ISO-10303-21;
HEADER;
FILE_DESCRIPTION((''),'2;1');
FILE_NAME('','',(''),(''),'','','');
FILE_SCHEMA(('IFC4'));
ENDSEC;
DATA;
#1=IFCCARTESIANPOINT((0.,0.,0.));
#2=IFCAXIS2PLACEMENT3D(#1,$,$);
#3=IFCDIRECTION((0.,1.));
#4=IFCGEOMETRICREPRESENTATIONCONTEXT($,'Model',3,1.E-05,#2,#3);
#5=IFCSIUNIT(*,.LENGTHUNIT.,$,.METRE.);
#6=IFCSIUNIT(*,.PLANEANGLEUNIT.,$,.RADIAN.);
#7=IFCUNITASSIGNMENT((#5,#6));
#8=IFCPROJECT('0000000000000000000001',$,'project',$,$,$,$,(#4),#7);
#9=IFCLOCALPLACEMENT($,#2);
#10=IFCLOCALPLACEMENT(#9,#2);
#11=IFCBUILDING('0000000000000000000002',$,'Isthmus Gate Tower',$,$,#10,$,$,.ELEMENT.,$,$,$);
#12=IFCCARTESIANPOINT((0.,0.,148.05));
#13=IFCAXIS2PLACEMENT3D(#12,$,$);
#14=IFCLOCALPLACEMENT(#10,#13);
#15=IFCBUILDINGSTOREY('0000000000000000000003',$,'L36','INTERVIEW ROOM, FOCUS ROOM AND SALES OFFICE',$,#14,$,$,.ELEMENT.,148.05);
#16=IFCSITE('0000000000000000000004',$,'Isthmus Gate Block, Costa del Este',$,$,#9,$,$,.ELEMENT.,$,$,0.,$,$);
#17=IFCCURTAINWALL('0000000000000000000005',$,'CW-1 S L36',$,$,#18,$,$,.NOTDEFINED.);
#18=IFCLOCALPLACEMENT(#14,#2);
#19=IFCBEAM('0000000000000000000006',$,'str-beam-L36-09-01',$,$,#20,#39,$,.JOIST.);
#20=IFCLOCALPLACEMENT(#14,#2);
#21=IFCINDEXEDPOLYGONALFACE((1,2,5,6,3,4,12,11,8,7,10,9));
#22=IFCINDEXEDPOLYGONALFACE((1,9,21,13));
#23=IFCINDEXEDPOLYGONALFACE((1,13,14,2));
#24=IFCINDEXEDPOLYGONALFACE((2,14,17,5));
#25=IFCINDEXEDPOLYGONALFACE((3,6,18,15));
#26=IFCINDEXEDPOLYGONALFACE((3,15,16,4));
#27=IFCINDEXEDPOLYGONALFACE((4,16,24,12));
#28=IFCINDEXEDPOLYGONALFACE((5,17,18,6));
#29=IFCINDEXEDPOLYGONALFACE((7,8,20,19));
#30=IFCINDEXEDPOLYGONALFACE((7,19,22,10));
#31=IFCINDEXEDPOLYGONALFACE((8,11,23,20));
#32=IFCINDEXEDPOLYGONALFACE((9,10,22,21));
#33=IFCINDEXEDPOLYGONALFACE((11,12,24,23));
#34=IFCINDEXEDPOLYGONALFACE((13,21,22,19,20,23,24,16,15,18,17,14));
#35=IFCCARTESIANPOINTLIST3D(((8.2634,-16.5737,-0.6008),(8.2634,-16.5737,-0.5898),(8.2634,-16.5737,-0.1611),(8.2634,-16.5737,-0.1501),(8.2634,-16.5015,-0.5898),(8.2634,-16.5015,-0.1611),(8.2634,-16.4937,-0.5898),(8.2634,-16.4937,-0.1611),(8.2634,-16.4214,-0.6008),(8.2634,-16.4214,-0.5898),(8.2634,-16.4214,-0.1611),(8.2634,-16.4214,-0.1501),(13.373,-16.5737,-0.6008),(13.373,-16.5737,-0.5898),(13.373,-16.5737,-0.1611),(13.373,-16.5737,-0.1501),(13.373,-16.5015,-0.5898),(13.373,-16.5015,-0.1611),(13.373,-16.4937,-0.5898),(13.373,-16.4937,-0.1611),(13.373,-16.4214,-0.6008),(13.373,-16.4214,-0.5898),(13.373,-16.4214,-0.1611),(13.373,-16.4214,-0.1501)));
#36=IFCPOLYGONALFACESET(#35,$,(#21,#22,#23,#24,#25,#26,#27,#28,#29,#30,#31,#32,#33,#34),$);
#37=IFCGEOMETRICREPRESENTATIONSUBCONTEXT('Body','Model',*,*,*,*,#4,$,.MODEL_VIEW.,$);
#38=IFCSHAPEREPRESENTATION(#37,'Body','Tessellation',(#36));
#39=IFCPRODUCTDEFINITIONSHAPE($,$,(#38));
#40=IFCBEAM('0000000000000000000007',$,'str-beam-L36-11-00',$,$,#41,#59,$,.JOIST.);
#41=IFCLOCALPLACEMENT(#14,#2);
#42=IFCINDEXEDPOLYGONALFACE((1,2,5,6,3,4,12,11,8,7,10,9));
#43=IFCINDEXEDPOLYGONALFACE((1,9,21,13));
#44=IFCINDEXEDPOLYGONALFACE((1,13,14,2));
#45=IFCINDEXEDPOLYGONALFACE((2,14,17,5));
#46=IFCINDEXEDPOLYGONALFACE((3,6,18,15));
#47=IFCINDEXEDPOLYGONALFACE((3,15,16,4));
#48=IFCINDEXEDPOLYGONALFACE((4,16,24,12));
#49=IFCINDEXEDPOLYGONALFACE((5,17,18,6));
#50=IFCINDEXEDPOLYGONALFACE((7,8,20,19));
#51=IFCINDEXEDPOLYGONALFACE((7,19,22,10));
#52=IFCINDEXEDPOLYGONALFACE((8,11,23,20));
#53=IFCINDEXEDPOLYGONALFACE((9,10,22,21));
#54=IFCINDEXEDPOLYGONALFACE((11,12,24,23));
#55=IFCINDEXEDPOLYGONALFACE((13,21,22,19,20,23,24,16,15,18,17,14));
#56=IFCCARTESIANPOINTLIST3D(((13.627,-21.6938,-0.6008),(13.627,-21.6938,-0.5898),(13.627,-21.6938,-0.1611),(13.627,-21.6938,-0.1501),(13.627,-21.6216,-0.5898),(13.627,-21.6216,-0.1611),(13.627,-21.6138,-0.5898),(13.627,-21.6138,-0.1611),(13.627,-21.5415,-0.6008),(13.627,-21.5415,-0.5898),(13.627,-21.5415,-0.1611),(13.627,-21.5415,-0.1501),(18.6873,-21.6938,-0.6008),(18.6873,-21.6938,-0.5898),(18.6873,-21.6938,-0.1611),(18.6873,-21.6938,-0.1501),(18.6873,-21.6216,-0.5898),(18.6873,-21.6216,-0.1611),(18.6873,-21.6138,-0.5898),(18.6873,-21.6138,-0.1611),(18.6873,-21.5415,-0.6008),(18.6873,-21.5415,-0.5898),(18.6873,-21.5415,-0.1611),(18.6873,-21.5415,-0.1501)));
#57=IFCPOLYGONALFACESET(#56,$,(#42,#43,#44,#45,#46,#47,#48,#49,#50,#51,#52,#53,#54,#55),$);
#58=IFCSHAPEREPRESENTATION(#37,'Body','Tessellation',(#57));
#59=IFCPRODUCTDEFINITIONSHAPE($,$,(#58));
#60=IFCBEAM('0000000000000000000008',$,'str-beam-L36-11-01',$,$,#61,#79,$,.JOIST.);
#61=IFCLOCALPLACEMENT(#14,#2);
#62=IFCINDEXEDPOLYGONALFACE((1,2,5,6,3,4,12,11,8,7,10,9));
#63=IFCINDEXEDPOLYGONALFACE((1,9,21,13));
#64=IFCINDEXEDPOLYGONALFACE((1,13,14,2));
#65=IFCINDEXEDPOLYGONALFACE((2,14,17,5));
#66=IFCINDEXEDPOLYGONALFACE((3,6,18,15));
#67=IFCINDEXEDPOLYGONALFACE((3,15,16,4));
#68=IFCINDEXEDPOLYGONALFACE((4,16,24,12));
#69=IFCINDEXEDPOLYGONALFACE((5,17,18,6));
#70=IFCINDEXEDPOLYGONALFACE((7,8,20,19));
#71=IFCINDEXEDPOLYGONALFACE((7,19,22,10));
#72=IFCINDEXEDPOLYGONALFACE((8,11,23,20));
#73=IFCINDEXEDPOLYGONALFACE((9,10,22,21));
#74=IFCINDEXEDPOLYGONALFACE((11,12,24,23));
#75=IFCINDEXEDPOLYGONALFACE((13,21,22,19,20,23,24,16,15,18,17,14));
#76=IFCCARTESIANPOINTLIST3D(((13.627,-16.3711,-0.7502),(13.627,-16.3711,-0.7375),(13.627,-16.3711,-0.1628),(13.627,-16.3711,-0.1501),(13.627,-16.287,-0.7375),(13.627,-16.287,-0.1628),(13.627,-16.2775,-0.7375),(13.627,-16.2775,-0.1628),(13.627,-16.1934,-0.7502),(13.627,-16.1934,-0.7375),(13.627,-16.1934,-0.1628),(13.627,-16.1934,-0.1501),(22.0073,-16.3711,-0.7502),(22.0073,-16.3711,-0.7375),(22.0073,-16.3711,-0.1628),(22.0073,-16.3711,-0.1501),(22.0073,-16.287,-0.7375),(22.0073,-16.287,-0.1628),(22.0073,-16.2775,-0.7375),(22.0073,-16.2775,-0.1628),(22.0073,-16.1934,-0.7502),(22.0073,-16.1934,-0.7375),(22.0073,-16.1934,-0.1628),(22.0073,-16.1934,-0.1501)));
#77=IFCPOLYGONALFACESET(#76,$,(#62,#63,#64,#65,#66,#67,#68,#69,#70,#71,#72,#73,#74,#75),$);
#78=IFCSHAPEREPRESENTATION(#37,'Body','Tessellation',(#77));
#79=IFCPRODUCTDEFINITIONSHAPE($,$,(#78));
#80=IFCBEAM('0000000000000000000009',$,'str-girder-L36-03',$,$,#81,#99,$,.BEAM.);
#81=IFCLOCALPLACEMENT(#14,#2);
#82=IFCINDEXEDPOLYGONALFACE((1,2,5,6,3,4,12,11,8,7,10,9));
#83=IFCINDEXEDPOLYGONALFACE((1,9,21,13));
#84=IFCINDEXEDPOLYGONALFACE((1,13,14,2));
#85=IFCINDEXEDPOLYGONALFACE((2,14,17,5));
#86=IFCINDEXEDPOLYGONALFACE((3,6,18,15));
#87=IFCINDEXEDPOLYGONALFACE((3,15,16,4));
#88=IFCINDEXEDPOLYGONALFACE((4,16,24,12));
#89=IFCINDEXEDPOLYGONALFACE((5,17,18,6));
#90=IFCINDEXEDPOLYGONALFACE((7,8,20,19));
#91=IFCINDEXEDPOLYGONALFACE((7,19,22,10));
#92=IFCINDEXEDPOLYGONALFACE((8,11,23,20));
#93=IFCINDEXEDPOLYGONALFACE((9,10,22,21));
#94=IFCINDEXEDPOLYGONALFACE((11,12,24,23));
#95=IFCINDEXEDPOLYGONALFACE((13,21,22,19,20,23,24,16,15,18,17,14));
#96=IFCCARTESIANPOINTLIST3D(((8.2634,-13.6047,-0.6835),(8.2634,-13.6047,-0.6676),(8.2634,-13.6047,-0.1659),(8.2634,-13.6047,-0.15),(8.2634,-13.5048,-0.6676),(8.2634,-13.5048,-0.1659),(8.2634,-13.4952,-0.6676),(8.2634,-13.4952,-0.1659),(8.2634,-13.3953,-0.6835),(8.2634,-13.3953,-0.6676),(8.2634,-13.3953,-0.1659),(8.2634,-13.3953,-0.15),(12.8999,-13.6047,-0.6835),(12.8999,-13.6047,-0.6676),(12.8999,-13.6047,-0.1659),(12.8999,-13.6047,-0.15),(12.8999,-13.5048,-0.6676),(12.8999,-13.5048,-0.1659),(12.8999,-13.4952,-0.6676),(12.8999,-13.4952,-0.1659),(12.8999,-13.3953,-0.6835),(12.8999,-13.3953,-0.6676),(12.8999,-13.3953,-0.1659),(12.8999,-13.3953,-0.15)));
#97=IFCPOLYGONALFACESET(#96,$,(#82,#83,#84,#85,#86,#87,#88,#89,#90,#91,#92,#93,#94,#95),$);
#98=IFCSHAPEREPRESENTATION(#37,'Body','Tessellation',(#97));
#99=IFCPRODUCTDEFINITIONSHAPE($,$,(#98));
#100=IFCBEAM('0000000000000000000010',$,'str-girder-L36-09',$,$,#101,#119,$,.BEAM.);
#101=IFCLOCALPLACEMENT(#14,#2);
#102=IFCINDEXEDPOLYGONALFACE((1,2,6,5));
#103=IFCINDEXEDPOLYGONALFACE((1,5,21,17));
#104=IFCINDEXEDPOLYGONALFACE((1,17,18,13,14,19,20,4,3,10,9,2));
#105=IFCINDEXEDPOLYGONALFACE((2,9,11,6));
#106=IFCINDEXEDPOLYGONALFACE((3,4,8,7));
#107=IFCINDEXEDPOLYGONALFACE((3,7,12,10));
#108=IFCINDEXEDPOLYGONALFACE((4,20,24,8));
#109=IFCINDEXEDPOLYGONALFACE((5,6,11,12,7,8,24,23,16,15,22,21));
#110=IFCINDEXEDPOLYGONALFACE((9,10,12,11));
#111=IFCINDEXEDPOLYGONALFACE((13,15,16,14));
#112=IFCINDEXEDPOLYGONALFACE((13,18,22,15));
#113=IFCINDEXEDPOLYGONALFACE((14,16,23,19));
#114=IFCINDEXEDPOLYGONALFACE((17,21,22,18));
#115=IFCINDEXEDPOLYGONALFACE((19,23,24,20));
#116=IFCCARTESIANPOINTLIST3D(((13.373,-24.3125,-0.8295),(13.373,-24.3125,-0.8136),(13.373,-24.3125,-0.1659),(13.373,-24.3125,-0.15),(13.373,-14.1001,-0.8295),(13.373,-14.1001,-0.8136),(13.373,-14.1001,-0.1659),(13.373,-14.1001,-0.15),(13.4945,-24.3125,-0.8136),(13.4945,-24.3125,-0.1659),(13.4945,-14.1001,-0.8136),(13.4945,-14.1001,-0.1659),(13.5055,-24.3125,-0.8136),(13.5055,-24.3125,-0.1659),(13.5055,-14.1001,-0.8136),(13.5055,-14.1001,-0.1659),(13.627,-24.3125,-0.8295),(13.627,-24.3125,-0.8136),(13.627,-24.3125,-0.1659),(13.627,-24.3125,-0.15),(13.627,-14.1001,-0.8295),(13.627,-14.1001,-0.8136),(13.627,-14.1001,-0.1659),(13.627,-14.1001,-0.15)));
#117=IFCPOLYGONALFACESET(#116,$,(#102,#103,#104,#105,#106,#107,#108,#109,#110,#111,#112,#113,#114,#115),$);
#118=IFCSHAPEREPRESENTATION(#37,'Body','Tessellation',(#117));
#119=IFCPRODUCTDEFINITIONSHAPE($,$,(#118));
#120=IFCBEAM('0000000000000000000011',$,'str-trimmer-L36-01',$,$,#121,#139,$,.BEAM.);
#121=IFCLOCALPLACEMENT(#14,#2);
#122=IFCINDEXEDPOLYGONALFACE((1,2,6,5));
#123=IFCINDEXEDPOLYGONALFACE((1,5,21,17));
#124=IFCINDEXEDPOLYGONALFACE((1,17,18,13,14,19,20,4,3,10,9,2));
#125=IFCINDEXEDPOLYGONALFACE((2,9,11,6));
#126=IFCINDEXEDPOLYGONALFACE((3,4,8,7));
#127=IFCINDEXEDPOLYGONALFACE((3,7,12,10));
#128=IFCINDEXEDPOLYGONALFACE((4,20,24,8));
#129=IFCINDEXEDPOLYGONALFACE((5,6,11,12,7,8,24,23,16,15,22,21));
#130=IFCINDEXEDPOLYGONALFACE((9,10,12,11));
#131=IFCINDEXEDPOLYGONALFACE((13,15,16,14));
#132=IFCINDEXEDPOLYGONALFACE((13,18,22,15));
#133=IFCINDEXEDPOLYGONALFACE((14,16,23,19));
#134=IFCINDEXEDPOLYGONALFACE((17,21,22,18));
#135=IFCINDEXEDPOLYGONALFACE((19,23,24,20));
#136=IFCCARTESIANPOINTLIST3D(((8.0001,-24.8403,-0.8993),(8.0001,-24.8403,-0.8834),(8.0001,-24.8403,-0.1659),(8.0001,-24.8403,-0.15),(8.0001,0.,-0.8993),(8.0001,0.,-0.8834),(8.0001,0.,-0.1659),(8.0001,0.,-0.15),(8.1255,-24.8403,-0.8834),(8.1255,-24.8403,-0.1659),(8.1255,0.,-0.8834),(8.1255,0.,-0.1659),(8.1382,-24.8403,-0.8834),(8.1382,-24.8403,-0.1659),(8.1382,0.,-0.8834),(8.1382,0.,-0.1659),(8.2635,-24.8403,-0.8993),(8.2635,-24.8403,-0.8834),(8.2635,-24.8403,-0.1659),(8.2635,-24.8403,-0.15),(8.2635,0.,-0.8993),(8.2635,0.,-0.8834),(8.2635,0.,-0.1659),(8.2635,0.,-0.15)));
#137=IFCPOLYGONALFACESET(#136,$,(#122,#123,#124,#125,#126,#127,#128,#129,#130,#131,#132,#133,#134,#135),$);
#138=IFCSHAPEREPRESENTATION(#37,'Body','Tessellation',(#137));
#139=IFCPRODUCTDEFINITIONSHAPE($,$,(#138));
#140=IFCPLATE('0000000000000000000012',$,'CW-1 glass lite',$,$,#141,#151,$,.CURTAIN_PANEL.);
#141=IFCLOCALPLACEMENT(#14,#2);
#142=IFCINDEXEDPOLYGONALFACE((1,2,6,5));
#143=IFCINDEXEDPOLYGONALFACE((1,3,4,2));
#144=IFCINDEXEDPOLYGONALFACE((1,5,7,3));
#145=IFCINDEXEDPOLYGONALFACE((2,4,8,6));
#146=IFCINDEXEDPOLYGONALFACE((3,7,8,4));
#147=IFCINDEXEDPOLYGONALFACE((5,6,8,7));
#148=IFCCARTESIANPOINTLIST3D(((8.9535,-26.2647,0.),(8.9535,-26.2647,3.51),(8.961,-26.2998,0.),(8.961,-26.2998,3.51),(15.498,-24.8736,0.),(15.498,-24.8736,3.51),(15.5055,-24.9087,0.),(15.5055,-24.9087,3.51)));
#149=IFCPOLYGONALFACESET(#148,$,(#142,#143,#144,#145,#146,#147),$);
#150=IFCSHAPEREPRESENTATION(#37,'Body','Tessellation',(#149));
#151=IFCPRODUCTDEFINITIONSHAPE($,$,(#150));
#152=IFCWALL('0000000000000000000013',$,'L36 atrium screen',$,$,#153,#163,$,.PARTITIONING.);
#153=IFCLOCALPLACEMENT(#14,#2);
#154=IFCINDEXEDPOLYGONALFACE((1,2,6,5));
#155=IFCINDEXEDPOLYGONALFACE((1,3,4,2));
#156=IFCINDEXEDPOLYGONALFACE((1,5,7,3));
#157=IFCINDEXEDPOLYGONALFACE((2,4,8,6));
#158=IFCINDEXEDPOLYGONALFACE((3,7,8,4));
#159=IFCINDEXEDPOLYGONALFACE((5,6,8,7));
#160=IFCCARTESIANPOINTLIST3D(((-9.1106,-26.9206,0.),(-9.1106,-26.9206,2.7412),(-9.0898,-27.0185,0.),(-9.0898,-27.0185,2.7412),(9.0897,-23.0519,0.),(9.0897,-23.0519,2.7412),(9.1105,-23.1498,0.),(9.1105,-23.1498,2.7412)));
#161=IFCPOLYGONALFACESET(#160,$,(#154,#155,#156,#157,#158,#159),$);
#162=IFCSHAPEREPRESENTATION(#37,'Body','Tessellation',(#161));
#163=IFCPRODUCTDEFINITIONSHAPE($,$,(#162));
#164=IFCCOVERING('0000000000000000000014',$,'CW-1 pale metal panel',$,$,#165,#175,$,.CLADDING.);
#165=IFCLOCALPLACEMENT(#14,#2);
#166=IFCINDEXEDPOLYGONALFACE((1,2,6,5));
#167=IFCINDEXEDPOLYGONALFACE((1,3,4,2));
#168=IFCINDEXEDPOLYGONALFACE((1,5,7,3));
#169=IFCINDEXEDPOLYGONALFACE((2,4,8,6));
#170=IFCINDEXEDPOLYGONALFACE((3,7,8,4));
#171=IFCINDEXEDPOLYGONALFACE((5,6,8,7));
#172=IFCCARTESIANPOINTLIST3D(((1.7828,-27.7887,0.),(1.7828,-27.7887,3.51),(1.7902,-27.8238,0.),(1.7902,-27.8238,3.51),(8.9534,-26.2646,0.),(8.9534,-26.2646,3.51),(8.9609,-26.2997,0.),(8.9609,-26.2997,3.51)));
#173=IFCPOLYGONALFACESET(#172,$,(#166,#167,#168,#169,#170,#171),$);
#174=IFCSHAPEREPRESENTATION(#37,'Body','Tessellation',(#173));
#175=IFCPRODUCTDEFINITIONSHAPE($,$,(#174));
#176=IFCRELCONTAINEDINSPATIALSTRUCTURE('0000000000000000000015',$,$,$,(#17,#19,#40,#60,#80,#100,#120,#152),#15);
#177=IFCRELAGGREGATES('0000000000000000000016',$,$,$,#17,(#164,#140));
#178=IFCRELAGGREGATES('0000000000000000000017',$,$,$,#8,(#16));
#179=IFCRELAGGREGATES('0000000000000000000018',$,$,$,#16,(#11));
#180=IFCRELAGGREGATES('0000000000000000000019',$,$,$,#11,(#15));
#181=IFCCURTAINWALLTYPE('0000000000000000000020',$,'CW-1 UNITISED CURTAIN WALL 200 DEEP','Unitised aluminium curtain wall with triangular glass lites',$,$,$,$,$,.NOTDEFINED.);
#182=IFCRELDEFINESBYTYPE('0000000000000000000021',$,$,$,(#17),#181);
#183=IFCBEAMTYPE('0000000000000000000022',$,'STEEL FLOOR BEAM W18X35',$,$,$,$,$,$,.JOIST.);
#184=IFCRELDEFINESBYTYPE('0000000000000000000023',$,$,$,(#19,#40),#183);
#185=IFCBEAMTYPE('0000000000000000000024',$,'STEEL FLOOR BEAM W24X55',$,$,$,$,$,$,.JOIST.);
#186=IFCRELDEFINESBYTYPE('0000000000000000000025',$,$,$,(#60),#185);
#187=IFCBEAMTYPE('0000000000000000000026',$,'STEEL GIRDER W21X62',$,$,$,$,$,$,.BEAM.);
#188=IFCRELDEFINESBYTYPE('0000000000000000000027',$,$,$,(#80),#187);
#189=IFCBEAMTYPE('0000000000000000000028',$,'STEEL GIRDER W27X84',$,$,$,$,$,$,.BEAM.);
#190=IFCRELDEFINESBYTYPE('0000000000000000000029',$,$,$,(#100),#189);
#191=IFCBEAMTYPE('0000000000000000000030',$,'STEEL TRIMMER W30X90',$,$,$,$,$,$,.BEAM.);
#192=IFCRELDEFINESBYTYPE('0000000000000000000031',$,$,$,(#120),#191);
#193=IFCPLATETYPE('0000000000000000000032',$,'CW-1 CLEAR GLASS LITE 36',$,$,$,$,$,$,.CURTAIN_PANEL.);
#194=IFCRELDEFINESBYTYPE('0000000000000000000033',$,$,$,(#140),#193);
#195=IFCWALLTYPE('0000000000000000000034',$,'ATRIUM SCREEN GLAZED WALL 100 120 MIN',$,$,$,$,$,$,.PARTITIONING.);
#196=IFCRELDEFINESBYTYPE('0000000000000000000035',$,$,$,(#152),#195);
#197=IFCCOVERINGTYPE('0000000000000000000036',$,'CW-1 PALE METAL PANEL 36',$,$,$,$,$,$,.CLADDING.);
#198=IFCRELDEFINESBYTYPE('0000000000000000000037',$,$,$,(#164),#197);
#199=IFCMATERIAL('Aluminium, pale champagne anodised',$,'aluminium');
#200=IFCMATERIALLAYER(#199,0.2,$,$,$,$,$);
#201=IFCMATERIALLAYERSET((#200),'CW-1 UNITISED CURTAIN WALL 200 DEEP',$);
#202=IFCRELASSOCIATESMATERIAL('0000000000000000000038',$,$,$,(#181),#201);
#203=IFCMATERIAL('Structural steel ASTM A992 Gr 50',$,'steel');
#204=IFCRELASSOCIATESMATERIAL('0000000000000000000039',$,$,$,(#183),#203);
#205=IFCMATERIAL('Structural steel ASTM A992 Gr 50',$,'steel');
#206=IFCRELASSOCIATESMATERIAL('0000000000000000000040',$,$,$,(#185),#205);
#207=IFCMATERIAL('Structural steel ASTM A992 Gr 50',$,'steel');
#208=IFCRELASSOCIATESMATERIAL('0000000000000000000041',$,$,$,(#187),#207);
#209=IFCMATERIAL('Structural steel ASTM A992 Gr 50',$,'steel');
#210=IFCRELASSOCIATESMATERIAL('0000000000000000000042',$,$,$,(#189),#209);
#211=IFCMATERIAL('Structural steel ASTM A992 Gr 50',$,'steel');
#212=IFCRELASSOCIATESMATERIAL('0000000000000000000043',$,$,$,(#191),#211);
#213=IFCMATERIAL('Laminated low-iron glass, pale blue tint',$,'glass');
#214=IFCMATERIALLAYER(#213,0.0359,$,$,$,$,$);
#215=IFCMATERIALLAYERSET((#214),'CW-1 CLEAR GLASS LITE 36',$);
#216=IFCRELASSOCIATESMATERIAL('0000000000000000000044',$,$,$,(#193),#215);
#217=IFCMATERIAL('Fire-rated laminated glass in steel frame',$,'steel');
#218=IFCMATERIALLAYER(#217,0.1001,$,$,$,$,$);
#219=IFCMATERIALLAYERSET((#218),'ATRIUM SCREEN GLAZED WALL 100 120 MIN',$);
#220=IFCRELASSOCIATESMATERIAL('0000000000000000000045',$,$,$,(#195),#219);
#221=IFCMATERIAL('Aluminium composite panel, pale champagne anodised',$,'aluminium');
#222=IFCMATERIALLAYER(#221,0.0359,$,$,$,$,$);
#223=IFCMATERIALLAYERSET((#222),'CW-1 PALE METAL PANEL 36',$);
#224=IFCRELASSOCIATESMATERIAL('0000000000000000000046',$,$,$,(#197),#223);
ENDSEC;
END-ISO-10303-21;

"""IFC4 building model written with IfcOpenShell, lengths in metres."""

from ifc_helpers import new_model, si_unit, direction, frame, frame_2d, origin, origin_2d, place, context, subcontext, project, spatial, rectangle, i_section, extrude, material, layer, layer_set, material_profile, profile_set, type_object, element, aggregate, save


model = new_model("IFC4")

# Units and contexts
model_context = context("Model", 3, precision=1e-05, world=origin(), true_north=direction((0.0, 1.0)))
body_context = subcontext(model_context, "Body", "Model", "MODEL_VIEW")
ifc_project = project(units=[si_unit("LENGTHUNIT", "METRE"), si_unit("PLANEANGLEUNIT", "RADIAN")], contexts=[model_context])

# Site, building, storey
site_placement = place(None, origin())
site = spatial("IfcSite", under=ifc_project, at=site_placement, Name="Isthmus Gate Block, Costa del Este", CompositionType="ELEMENT", RefElevation=0.0)
building_placement = place(site_placement, origin())
building = spatial("IfcBuilding", under=site, at=building_placement, Name="Isthmus Gate Tower", CompositionType="ELEMENT")
storey_placement = place(building_placement, frame((0.0, 0.0, 148.05)))
storey = spatial("IfcBuildingStorey", under=building, at=storey_placement, Name="L36", Description="INTERVIEW ROOM, FOCUS ROOM AND SALES OFFICE", CompositionType="ELEMENT", Elevation=148.05)

# Curtain wall
ifc_material_1 = material(Name="Aluminium, pale champagne anodised", Category="aluminium")
ifc_layer_1 = layer(ifc_material_1, 0.2)
ifc_layer_set_1 = layer_set([ifc_layer_1], Name="CW-1 UNITISED CURTAIN WALL 200 DEEP")
curtain_wall_type = type_object("IfcCurtainWallType", Name="CW-1 UNITISED CURTAIN WALL 200 DEEP", Description="Unitised aluminium curtain wall with triangular glass lites", PredefinedType="NOTDEFINED", material=ifc_layer_set_1)
curtain_wall_placement = place(storey_placement, origin())
curtain_wall = element("IfcCurtainWall", 1, at=curtain_wall_placement, inside=storey, type_object=curtain_wall_type, Name="CW-1 S L36", PredefinedType="NOTDEFINED")

# Beams
ifc_material_2 = material(Name="Structural steel ASTM A992 Gr 50", Category="steel")
ifc_material_profile_1 = material_profile(ifc_material_2, i_section(OverallWidth=0.1523, OverallDepth=0.4507, WebThickness=0.0078, FlangeThickness=0.011, at=origin_2d()), Name="W18X35")
ifc_profile_set_1 = profile_set([ifc_material_profile_1], Name="Structural steel ASTM A992 Gr 50")
beam_type_1 = type_object("IfcBeamType", Name="STEEL FLOOR BEAM W18X35", PredefinedType="JOIST", material=ifc_profile_set_1)
for number, where, z_axis, x_axis, name in (
    (2, (8.2634, -16.4976, -0.3755), (1.0, 0.0, 0.0), (0.0, 1.0, 0.0), "str-beam-L36-09-01"),
):
    element("IfcBeam", number, at=place(storey_placement, frame(where, z_axis=z_axis, x_axis=x_axis)), inside=storey, type_object=beam_type_1, Name=name, PredefinedType="JOIST", context=body_context, shape_type="SweptSolid", body=[
        extrude(i_section(OverallWidth=0.1523, OverallDepth=0.4507, WebThickness=0.0078, FlangeThickness=0.011, at=origin_2d()), origin(), (0.0, 0.0, 1.0), 5.1096),
    ])
beam_1_placement = place(storey_placement, frame((13.627, -21.6177, -0.3755), z_axis=(1.0, 0.0, 0.0), x_axis=(0.0, 1.0, 0.0)))
element("IfcBeam", 3, at=beam_1_placement, inside=storey, type_object=beam_type_1, Name="str-beam-L36-11-00", PredefinedType="JOIST", context=body_context, shape_type="SweptSolid", body=[
    extrude(i_section(OverallWidth=0.1523, OverallDepth=0.4507, WebThickness=0.0078, FlangeThickness=0.011, at=origin_2d()), origin(), (0.0, 0.0, 1.0), 5.0603),
])
ifc_material_3 = material(Name="Structural steel ASTM A992 Gr 50", Category="steel")
ifc_material_profile_2 = material_profile(ifc_material_3, i_section(OverallWidth=0.1777, OverallDepth=0.6001, WebThickness=0.0095, FlangeThickness=0.0127, at=origin_2d()), Name="W24X55")
ifc_profile_set_2 = profile_set([ifc_material_profile_2], Name="Structural steel ASTM A992 Gr 50")
beam_type_2 = type_object("IfcBeamType", Name="STEEL FLOOR BEAM W24X55", PredefinedType="JOIST", material=ifc_profile_set_2)
beam_2_placement = place(storey_placement, frame((13.627, -16.2822, -0.4502), z_axis=(1.0, 0.0, 0.0), x_axis=(0.0, 1.0, 0.0)))
element("IfcBeam", 4, at=beam_2_placement, inside=storey, type_object=beam_type_2, Name="str-beam-L36-11-01", PredefinedType="JOIST", context=body_context, shape_type="SweptSolid", body=[
    extrude(i_section(OverallWidth=0.1777, OverallDepth=0.6001, WebThickness=0.0095, FlangeThickness=0.0127, at=origin_2d()), origin(), (0.0, 0.0, 1.0), 8.3804),
])
ifc_material_4 = material(Name="Structural steel ASTM A992 Gr 50", Category="steel")
ifc_material_profile_3 = material_profile(ifc_material_4, i_section(OverallWidth=0.2095, OverallDepth=0.5334, WebThickness=0.0095, FlangeThickness=0.0159, at=origin_2d()), Name="W21X62")
ifc_profile_set_3 = profile_set([ifc_material_profile_3], Name="Structural steel ASTM A992 Gr 50")
beam_type_3 = type_object("IfcBeamType", Name="STEEL GIRDER W21X62", PredefinedType="BEAM", material=ifc_profile_set_3)
beam_3_placement = place(storey_placement, frame((8.2634, -13.5, -0.4167), z_axis=(1.0, 0.0, 0.0), x_axis=(0.0, 1.0, 0.0)))
element("IfcBeam", 5, at=beam_3_placement, inside=storey, type_object=beam_type_3, Name="str-girder-L36-03", PredefinedType="BEAM", context=body_context, shape_type="SweptSolid", body=[
    extrude(i_section(OverallWidth=0.2095, OverallDepth=0.5334, WebThickness=0.0095, FlangeThickness=0.0159, at=origin_2d()), origin(), (0.0, 0.0, 1.0), 4.6365),
])
ifc_material_5 = material(Name="Structural steel ASTM A992 Gr 50", Category="steel")
ifc_material_profile_4 = material_profile(ifc_material_5, i_section(OverallWidth=0.2539, OverallDepth=0.6794, WebThickness=0.011, FlangeThickness=0.0159, at=origin_2d()), Name="W27X84")
ifc_profile_set_4 = profile_set([ifc_material_profile_4], Name="Structural steel ASTM A992 Gr 50")
beam_type_4 = type_object("IfcBeamType", Name="STEEL GIRDER W27X84", PredefinedType="BEAM", material=ifc_profile_set_4)
beam_4_placement = place(storey_placement, frame((13.5, -24.3125, -0.4897), z_axis=(0.0, 1.0, 0.0), x_axis=(-1.0, 0.0, 0.0)))
element("IfcBeam", 6, at=beam_4_placement, inside=storey, type_object=beam_type_4, Name="str-girder-L36-09", PredefinedType="BEAM", context=body_context, shape_type="SweptSolid", body=[
    extrude(i_section(OverallWidth=0.2539, OverallDepth=0.6794, WebThickness=0.011, FlangeThickness=0.0159, at=origin_2d()), origin(), (0.0, 0.0, 1.0), 10.2124),
])
ifc_material_6 = material(Name="Structural steel ASTM A992 Gr 50", Category="steel")
ifc_material_profile_5 = material_profile(ifc_material_6, i_section(OverallWidth=0.2634, OverallDepth=0.7493, WebThickness=0.0127, FlangeThickness=0.0159, at=origin_2d()), Name="W30X90")
ifc_profile_set_5 = profile_set([ifc_material_profile_5], Name="Structural steel ASTM A992 Gr 50")
beam_type_5 = type_object("IfcBeamType", Name="STEEL TRIMMER W30X90", PredefinedType="BEAM", material=ifc_profile_set_5)
beam_5_placement = place(storey_placement, frame((8.1318, -24.8403, -0.5247), z_axis=(0.0, 1.0, 0.0), x_axis=(-1.0, 0.0, 0.0)))
element("IfcBeam", 7, at=beam_5_placement, inside=storey, type_object=beam_type_5, Name="str-trimmer-L36-01", PredefinedType="BEAM", context=body_context, shape_type="SweptSolid", body=[
    extrude(i_section(OverallWidth=0.2634, OverallDepth=0.7493, WebThickness=0.0127, FlangeThickness=0.0159, at=origin_2d()), origin(), (0.0, 0.0, 1.0), 24.8403),
])

# Plate
ifc_material_7 = material(Name="Laminated low-iron glass, pale blue tint", Category="glass")
ifc_layer_2 = layer(ifc_material_7, 0.0359)
ifc_layer_set_2 = layer_set([ifc_layer_2], Name="CW-1 CLEAR GLASS LITE 36")
plate_type = type_object("IfcPlateType", Name="CW-1 CLEAR GLASS LITE 36", PredefinedType="CURTAIN_PANEL", material=ifc_layer_set_2)
plate_placement = place(storey_placement, frame((12.2295, -25.5867, 0.0), z_axis=(0.0, 0.0, 1.0), x_axis=(0.978148, 0.207912, 0.0)))
plate = element("IfcPlate", 8, at=plate_placement, type_object=plate_type, Name="CW-1 glass lite", PredefinedType="CURTAIN_PANEL", context=body_context, shape_type="SweptSolid", body=[
    extrude(rectangle(XDim=6.6907, YDim=0.0359, at=origin_2d()), origin(), (0.0, 0.0, 1.0), 3.51),
])

# Wall
ifc_material_8 = material(Name="Fire-rated laminated glass in steel frame", Category="steel")
ifc_layer_3 = layer(ifc_material_8, 0.1001)
ifc_layer_set_3 = layer_set([ifc_layer_3], Name="ATRIUM SCREEN GLAZED WALL 100 120 MIN")
wall_type = type_object("IfcWallType", Name="ATRIUM SCREEN GLAZED WALL 100 120 MIN", PredefinedType="PARTITIONING", material=ifc_layer_set_3)
wall_placement = place(storey_placement, frame((9.1001, -23.1008, 0.0), z_axis=(0.0, 0.0, 1.0), x_axis=(-0.978147, -0.207916, 0.0)))
element("IfcWall", 9, at=wall_placement, inside=storey, type_object=wall_type, Name="L36 atrium screen", PredefinedType="PARTITIONING", context=body_context, shape_type="SweptSolid", body=[
    extrude(rectangle(XDim=18.6069, YDim=0.1001, at=frame_2d((9.3035, 0.0))), origin(), (0.0, 0.0, 1.0), 2.7412),
])

# Covering
ifc_material_9 = material(Name="Aluminium composite panel, pale champagne anodised", Category="aluminium")
ifc_layer_4 = layer(ifc_material_9, 0.0359)
ifc_layer_set_4 = layer_set([ifc_layer_4], Name="CW-1 PALE METAL PANEL 36")
covering_type = type_object("IfcCoveringType", Name="CW-1 PALE METAL PANEL 36", PredefinedType="CLADDING", material=ifc_layer_set_4)
covering_placement = place(storey_placement, frame((5.3718, -27.0442, 0.0), z_axis=(0.0, 0.0, 1.0), x_axis=(0.978148, 0.207912, 0.0)))
covering = element("IfcCovering", 10, at=covering_placement, type_object=covering_type, Name="CW-1 pale metal panel", PredefinedType="CLADDING", context=body_context, shape_type="SweptSolid", body=[
    extrude(rectangle(XDim=7.3308, YDim=0.0359, at=origin_2d()), origin(), (0.0, 0.0, 1.0), 3.51),
])
aggregate(curtain_wall, [covering, plate])

save(model, "model.ifc")
